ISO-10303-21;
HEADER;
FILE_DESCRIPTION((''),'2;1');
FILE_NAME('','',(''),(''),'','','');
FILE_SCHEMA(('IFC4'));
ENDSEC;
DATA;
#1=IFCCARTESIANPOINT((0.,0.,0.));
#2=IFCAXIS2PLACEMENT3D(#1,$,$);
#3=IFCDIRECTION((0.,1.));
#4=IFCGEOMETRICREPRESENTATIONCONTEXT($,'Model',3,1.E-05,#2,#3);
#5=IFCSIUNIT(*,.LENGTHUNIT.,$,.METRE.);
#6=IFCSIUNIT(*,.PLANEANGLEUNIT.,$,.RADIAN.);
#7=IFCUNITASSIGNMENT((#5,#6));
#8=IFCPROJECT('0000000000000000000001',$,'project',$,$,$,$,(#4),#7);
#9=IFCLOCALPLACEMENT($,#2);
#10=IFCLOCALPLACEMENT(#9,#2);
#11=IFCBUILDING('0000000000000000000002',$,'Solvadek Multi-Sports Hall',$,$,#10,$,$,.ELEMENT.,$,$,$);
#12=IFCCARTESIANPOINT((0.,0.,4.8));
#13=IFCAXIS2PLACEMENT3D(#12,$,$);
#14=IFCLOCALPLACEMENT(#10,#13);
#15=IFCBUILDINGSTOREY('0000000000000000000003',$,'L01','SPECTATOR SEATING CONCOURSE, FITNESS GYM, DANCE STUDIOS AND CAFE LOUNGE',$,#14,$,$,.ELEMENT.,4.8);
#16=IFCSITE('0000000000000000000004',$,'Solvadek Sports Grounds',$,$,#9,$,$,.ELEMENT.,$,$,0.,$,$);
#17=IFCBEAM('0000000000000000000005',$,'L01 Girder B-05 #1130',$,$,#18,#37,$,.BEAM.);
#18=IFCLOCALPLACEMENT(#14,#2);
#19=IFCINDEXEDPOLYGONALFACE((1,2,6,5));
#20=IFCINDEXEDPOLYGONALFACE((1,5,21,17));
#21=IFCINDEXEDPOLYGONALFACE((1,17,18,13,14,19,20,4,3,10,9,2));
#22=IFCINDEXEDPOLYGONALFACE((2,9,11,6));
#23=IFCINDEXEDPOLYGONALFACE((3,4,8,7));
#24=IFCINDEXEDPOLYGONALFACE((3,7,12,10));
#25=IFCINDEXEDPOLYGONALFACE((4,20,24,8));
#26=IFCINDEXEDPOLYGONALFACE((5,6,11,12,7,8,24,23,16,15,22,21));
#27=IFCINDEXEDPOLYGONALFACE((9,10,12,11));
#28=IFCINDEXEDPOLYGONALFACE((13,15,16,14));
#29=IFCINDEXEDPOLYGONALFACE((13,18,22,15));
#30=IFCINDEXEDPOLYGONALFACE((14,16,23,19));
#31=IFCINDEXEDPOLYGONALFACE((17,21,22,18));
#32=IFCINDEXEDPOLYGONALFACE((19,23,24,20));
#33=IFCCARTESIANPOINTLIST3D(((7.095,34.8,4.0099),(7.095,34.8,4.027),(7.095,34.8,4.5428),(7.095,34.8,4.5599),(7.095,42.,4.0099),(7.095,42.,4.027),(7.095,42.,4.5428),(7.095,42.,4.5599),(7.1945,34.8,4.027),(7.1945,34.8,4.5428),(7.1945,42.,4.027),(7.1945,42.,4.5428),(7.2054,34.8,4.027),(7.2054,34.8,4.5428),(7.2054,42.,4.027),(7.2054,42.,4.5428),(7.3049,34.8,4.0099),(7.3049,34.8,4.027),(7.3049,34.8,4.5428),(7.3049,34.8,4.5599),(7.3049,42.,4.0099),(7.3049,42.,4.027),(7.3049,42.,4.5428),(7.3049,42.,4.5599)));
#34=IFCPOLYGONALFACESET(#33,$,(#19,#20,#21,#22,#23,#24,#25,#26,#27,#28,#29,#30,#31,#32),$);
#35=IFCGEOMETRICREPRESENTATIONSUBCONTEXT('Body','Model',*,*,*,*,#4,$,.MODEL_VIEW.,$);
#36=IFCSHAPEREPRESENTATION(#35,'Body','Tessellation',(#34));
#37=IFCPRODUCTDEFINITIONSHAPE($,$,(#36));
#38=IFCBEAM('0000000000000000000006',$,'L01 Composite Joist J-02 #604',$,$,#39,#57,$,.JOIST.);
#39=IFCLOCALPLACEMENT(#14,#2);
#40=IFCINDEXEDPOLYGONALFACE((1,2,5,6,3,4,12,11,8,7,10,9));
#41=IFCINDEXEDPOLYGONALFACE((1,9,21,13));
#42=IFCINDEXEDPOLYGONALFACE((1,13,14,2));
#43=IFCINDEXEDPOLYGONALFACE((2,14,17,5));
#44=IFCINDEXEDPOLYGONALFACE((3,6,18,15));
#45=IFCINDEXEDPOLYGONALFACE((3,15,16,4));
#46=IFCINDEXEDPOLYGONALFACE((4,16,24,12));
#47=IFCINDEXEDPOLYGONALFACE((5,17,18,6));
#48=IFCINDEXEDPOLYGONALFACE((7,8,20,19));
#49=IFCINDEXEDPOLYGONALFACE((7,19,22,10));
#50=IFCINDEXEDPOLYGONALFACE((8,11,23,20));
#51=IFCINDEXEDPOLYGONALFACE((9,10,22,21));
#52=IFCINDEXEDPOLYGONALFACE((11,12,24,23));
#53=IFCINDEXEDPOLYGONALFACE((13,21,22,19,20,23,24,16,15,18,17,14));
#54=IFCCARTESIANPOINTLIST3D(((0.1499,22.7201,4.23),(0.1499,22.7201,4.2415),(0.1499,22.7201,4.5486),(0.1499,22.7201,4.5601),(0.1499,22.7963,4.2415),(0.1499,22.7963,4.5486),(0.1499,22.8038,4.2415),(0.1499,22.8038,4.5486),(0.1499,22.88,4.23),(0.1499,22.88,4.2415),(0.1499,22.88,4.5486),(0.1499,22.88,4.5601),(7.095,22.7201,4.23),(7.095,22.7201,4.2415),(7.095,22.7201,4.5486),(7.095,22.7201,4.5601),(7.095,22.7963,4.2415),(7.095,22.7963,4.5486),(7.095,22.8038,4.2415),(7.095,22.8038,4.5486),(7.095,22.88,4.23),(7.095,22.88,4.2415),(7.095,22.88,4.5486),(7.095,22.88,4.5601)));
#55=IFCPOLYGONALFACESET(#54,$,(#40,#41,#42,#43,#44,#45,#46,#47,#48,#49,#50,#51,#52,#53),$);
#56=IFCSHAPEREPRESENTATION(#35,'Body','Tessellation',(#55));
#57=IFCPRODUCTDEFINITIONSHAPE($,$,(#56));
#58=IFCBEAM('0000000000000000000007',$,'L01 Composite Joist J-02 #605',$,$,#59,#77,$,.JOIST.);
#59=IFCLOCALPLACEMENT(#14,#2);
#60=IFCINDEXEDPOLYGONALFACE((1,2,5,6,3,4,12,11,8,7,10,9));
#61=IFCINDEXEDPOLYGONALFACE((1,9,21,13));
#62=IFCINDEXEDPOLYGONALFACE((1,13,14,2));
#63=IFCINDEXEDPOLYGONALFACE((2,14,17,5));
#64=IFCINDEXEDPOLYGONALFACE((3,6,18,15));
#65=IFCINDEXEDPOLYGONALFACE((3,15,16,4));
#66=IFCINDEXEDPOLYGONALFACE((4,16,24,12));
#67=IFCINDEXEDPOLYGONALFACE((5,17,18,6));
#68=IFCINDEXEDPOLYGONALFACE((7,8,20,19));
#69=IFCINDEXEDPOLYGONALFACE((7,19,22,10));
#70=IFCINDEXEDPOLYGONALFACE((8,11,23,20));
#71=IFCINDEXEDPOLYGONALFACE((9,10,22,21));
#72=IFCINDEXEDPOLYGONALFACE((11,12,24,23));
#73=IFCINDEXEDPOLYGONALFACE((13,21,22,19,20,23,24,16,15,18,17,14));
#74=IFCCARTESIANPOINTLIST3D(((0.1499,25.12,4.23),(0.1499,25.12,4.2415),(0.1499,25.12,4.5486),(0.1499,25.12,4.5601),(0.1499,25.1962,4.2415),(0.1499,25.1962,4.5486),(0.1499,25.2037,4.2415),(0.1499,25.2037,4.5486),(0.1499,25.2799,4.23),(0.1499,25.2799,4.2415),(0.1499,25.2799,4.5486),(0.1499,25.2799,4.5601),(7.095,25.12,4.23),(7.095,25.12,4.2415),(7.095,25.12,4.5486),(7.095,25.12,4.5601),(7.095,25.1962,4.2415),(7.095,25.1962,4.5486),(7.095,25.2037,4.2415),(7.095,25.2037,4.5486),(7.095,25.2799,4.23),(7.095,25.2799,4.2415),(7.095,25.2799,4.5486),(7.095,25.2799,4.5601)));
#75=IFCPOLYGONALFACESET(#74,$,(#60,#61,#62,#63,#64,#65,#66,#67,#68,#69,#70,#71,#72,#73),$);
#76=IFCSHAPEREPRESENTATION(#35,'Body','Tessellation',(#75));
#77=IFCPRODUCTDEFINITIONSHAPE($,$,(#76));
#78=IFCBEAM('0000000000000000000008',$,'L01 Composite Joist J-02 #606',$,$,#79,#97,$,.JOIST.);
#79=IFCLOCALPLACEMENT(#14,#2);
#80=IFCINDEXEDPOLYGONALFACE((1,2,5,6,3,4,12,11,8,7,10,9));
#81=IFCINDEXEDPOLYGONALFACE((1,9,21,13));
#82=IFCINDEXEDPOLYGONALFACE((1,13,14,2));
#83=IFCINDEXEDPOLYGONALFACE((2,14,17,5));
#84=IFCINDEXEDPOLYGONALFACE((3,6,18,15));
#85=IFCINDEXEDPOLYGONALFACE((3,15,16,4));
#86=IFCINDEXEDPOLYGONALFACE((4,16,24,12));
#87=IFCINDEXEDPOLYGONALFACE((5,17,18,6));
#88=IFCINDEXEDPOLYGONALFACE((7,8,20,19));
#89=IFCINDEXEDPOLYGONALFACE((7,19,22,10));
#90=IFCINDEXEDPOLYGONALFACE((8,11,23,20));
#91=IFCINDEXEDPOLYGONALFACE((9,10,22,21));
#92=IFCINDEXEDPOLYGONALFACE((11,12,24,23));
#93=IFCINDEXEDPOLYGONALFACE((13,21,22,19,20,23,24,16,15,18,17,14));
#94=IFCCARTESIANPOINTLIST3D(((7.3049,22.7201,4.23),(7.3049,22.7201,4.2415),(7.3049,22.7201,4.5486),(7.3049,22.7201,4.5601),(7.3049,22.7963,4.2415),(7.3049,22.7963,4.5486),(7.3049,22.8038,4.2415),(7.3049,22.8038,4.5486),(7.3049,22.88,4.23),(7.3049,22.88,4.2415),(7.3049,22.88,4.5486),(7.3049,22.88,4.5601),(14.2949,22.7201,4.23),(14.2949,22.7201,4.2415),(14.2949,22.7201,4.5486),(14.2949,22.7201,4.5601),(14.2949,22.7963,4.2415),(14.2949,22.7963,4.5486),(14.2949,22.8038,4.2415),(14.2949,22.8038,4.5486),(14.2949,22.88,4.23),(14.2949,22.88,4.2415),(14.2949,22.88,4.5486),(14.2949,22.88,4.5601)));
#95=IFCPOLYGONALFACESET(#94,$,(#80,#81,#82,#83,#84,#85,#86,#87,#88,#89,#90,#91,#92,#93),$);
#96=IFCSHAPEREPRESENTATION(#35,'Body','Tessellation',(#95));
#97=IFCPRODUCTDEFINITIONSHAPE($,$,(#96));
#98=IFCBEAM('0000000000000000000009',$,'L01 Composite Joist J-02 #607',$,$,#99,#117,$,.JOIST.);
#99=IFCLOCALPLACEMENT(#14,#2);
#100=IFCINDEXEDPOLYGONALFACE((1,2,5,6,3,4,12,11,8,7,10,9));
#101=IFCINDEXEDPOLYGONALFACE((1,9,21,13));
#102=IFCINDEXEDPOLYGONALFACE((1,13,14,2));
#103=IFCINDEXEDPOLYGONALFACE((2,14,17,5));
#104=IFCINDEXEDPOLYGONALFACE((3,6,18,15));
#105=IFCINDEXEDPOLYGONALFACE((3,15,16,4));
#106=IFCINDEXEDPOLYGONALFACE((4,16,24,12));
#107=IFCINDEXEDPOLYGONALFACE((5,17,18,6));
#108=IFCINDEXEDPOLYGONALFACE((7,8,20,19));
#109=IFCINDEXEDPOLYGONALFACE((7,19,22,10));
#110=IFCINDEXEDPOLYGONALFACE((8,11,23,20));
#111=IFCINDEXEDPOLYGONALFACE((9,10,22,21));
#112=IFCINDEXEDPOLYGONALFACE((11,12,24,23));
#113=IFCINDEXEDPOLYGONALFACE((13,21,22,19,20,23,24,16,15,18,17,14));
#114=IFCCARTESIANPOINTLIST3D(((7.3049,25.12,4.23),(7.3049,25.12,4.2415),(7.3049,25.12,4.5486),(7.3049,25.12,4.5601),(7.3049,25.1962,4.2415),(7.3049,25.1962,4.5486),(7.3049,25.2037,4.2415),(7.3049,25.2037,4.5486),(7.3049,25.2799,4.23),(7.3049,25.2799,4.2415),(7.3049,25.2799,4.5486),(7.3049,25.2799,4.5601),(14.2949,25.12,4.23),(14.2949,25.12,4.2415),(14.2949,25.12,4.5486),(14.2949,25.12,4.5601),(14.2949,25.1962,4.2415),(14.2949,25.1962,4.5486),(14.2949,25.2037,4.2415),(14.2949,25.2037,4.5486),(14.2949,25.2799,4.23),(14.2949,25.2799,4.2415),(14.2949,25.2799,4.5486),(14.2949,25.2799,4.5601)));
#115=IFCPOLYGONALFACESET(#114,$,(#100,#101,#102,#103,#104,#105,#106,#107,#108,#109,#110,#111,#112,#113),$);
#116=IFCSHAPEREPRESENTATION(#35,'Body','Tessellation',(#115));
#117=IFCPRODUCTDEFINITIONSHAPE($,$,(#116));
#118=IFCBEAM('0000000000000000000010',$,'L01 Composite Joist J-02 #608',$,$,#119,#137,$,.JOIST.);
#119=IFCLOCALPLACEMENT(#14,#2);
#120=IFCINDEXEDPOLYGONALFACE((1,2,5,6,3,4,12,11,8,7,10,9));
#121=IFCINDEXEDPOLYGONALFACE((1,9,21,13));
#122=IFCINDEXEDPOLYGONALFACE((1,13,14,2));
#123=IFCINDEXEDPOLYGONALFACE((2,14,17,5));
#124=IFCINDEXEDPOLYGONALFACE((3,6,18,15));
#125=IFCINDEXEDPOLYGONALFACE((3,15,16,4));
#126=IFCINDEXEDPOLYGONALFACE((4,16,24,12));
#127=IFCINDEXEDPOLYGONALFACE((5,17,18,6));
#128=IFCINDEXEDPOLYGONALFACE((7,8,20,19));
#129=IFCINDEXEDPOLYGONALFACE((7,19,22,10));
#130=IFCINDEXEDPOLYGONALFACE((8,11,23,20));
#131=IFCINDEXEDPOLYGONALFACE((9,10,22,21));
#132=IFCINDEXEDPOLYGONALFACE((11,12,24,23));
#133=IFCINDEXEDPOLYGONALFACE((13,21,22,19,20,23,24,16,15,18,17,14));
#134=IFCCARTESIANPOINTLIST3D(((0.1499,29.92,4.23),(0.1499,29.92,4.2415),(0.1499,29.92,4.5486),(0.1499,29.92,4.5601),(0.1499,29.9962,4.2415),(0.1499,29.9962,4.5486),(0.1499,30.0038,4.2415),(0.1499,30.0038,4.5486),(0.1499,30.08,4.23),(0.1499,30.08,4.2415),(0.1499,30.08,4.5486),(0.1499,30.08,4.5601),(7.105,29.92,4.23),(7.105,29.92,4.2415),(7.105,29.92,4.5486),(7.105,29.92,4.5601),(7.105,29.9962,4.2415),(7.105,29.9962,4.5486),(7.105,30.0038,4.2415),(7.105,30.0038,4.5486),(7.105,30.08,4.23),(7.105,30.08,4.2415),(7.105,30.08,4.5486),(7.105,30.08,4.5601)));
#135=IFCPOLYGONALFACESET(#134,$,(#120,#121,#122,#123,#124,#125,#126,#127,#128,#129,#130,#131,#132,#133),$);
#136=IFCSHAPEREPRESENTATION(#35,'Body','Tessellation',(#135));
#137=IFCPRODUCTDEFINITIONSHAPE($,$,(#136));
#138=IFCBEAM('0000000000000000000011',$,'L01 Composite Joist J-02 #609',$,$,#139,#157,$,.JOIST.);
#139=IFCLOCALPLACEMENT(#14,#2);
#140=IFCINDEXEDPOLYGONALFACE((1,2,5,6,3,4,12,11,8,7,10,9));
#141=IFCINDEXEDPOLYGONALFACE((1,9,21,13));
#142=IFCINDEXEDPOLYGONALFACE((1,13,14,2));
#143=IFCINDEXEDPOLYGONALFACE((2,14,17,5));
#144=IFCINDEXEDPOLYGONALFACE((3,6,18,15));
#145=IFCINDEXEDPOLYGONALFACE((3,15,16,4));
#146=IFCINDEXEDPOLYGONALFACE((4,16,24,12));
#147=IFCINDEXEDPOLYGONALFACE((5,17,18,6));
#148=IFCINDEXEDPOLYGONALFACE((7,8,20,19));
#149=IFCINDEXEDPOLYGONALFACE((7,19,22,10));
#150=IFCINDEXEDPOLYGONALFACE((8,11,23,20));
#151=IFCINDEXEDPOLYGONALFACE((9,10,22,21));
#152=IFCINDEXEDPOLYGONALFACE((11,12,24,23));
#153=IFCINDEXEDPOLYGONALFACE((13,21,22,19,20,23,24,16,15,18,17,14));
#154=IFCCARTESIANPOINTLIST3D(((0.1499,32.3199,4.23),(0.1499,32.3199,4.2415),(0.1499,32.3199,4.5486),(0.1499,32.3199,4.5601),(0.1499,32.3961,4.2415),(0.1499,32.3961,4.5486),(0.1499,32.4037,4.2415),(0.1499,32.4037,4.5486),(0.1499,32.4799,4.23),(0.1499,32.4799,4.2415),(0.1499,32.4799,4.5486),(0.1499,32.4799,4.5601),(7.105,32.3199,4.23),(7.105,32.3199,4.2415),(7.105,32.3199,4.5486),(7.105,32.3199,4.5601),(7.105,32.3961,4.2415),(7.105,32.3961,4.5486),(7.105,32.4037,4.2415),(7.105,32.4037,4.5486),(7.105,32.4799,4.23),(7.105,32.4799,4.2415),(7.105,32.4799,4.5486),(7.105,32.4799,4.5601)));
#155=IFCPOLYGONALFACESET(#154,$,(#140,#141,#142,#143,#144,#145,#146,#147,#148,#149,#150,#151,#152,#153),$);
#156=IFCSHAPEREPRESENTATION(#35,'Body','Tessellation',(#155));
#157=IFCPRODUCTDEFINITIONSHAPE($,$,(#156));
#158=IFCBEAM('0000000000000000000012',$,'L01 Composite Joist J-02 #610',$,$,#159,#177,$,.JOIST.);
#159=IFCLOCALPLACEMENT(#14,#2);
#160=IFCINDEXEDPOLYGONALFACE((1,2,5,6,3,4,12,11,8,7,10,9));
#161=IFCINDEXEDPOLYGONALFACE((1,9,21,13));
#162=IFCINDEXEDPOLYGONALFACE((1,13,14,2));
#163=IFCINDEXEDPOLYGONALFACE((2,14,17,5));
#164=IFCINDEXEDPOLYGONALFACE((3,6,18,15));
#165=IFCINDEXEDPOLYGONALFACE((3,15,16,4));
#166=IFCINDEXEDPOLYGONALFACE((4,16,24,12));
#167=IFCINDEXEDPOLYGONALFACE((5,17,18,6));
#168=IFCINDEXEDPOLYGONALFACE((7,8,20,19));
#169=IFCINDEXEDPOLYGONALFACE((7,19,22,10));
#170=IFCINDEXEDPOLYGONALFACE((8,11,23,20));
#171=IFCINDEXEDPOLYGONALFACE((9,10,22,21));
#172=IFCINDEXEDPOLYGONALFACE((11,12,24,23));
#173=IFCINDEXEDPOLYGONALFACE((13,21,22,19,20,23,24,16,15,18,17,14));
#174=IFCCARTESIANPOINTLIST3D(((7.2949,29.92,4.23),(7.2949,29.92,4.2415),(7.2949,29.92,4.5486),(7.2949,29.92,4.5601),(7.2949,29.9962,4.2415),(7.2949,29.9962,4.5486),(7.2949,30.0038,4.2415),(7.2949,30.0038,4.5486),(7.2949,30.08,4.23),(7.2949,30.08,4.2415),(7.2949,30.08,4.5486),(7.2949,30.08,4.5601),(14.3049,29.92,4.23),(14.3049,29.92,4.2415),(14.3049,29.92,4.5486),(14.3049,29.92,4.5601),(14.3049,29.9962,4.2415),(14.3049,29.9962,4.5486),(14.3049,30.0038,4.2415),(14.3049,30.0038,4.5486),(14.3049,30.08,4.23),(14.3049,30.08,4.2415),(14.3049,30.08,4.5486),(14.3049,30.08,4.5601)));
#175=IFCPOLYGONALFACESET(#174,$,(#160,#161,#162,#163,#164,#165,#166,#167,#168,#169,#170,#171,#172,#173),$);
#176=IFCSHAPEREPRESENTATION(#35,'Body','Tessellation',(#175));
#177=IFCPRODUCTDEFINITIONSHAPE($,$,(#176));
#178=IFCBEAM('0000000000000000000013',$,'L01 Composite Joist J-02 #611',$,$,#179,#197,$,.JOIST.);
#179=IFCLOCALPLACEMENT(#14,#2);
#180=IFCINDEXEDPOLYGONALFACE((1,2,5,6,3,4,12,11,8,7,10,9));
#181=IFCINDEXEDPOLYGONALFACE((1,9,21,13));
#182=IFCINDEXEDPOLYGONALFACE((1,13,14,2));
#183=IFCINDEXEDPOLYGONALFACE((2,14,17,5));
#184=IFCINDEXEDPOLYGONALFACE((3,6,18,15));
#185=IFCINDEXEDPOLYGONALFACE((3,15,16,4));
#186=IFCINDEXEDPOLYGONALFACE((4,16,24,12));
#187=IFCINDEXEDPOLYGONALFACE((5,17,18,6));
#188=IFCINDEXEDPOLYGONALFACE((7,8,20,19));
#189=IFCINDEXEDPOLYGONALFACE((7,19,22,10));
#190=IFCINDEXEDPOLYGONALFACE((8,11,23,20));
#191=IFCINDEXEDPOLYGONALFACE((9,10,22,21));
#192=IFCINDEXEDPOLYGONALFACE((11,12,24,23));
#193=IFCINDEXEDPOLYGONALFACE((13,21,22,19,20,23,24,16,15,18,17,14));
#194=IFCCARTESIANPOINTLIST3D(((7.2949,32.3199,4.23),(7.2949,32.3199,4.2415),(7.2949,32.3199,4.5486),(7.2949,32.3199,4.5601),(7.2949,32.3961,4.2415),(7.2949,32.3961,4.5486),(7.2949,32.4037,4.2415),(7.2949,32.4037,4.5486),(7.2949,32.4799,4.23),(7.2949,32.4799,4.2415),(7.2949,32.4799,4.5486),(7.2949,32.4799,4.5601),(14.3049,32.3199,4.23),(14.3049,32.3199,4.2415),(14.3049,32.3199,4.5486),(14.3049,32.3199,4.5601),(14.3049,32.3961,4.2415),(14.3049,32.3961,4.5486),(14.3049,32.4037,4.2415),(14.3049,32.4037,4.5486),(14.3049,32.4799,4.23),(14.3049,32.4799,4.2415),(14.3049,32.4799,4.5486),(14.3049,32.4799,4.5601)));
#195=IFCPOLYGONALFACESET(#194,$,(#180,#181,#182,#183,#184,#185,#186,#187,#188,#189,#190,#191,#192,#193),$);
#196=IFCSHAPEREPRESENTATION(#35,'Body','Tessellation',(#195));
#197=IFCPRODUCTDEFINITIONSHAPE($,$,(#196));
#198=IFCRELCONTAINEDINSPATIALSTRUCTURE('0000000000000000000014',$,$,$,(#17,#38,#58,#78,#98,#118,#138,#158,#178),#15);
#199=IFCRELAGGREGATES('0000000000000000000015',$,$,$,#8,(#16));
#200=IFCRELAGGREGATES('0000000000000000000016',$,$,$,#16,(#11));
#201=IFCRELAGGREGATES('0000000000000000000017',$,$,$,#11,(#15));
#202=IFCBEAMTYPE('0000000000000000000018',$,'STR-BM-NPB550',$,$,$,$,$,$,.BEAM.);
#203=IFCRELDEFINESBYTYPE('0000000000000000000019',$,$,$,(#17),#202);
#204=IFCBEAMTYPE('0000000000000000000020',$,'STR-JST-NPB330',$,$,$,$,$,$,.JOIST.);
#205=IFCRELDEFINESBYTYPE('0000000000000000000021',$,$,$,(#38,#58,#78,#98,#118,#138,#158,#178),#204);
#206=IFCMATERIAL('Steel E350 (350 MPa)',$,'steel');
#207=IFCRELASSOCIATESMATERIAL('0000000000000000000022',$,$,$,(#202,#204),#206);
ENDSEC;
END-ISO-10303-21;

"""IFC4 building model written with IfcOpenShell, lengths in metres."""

from ifc_helpers import new_model, si_unit, direction, frame, origin, origin_2d, place, context, subcontext, project, spatial, i_section, extrude, material, material_profile, profile_set, type_object, element, save


model = new_model("IFC4")

# Units and contexts
model_context = context("Model", 3, precision=1e-05, world=origin(), true_north=direction((0.0, 1.0)))
body_context = subcontext(model_context, "Body", "Model", "MODEL_VIEW")
ifc_project = project(units=[si_unit("LENGTHUNIT", "METRE"), si_unit("PLANEANGLEUNIT", "RADIAN")], contexts=[model_context])

# Site, building, storey
site_placement = place(None, origin())
site = spatial("IfcSite", under=ifc_project, at=site_placement, Name="Solvadek Sports Grounds", CompositionType="ELEMENT", RefElevation=0.0)
building_placement = place(site_placement, origin())
building = spatial("IfcBuilding", under=site, at=building_placement, Name="Solvadek Multi-Sports Hall", CompositionType="ELEMENT")
storey_placement = place(building_placement, frame((0.0, 0.0, 4.8)))
storey = spatial("IfcBuildingStorey", under=building, at=storey_placement, Name="L01", Description="SPECTATOR SEATING CONCOURSE, FITNESS GYM, DANCE STUDIOS AND CAFE LOUNGE", CompositionType="ELEMENT", Elevation=4.8)

# Shared definitions
ifc_material_1 = material(Name="Steel E350 (350 MPa)", Category="steel")

# Beams
ifc_material_profile_1 = material_profile(ifc_material_1, i_section(OverallWidth=0.21, OverallDepth=0.55, WebThickness=0.011, FlangeThickness=0.0171, at=origin_2d()), Name="NPB 550")
ifc_profile_set_1 = profile_set([ifc_material_profile_1], Name="Steel E350 (350 MPa)")
beam_type_1 = type_object("IfcBeamType", Name="STR-BM-NPB550", PredefinedType="BEAM", material=ifc_profile_set_1)
beam_1_placement = place(storey_placement, frame((7.2, 34.8, 4.2849), z_axis=(0.0, 1.0, 0.0), x_axis=(-1.0, 0.0, 0.0)))
element("IfcBeam", 1, at=beam_1_placement, inside=storey, type_object=beam_type_1, Name="L01 Girder B-05 #1130", PredefinedType="BEAM", context=body_context, shape_type="SweptSolid", body=[
    extrude(i_section(OverallWidth=0.21, OverallDepth=0.55, WebThickness=0.011, FlangeThickness=0.0171, at=origin_2d()), origin(), (0.0, 0.0, 1.0), 7.2),
])
ifc_material_profile_2 = material_profile(ifc_material_1, i_section(OverallWidth=0.1599, OverallDepth=0.3301, WebThickness=0.0076, FlangeThickness=0.0115, at=origin_2d()), Name="NPB 330")
ifc_profile_set_2 = profile_set([ifc_material_profile_2], Name="Steel E350 (350 MPa)")
beam_type_2 = type_object("IfcBeamType", Name="STR-JST-NPB330", PredefinedType="JOIST", material=ifc_profile_set_2)
for number, where, z_axis, x_axis, name in (
    (2, (0.1499, 22.8, 4.395), (1.0, 0.0, 0.0), (0.0, 1.0, 0.0), "L01 Composite Joist J-02 #604"),
    (3, (0.1499, 25.2, 4.395), (1.0, 0.0, 0.0), (0.0, 1.0, 0.0), "L01 Composite Joist J-02 #605"),
):
    element("IfcBeam", number, at=place(storey_placement, frame(where, z_axis=z_axis, x_axis=x_axis)), inside=storey, type_object=beam_type_2, Name=name, PredefinedType="JOIST", context=body_context, shape_type="SweptSolid", body=[
        extrude(i_section(OverallWidth=0.1599, OverallDepth=0.3301, WebThickness=0.0076, FlangeThickness=0.0115, at=origin_2d()), origin(), (0.0, 0.0, 1.0), 6.9451),
    ])
for number, where, z_axis, x_axis, name in (
    (4, (7.3049, 22.8, 4.395), (1.0, 0.0, 0.0), (0.0, 1.0, 0.0), "L01 Composite Joist J-02 #606"),
    (5, (7.3049, 25.2, 4.395), (1.0, 0.0, 0.0), (0.0, 1.0, 0.0), "L01 Composite Joist J-02 #607"),
):
    element("IfcBeam", number, at=place(storey_placement, frame(where, z_axis=z_axis, x_axis=x_axis)), inside=storey, type_object=beam_type_2, Name=name, PredefinedType="JOIST", context=body_context, shape_type="SweptSolid", body=[
        extrude(i_section(OverallWidth=0.1599, OverallDepth=0.3301, WebThickness=0.0076, FlangeThickness=0.0115, at=origin_2d()), origin(), (0.0, 0.0, 1.0), 6.99),
    ])
for number, where, z_axis, x_axis, name in (
    (6, (0.1499, 30.0, 4.395), (1.0, 0.0, 0.0), (0.0, 1.0, 0.0), "L01 Composite Joist J-02 #608"),
    (7, (0.1499, 32.3999, 4.395), (1.0, 0.0, 0.0), (0.0, 1.0, 0.0), "L01 Composite Joist J-02 #609"),
):
    element("IfcBeam", number, at=place(storey_placement, frame(where, z_axis=z_axis, x_axis=x_axis)), inside=storey, type_object=beam_type_2, Name=name, PredefinedType="JOIST", context=body_context, shape_type="SweptSolid", body=[
        extrude(i_section(OverallWidth=0.1599, OverallDepth=0.3301, WebThickness=0.0076, FlangeThickness=0.0115, at=origin_2d()), origin(), (0.0, 0.0, 1.0), 6.9551),
    ])
for number, where, z_axis, x_axis, name in (
    (8, (7.2949, 30.0, 4.395), (1.0, 0.0, 0.0), (0.0, 1.0, 0.0), "L01 Composite Joist J-02 #610"),
    (9, (7.2949, 32.3999, 4.395), (1.0, 0.0, 0.0), (0.0, 1.0, 0.0), "L01 Composite Joist J-02 #611"),
):
    element("IfcBeam", number, at=place(storey_placement, frame(where, z_axis=z_axis, x_axis=x_axis)), inside=storey, type_object=beam_type_2, Name=name, PredefinedType="JOIST", context=body_context, shape_type="SweptSolid", body=[
        extrude(i_section(OverallWidth=0.1599, OverallDepth=0.3301, WebThickness=0.0076, FlangeThickness=0.0115, at=origin_2d()), origin(), (0.0, 0.0, 1.0), 7.01),
    ])

save(model, "model.ifc")
